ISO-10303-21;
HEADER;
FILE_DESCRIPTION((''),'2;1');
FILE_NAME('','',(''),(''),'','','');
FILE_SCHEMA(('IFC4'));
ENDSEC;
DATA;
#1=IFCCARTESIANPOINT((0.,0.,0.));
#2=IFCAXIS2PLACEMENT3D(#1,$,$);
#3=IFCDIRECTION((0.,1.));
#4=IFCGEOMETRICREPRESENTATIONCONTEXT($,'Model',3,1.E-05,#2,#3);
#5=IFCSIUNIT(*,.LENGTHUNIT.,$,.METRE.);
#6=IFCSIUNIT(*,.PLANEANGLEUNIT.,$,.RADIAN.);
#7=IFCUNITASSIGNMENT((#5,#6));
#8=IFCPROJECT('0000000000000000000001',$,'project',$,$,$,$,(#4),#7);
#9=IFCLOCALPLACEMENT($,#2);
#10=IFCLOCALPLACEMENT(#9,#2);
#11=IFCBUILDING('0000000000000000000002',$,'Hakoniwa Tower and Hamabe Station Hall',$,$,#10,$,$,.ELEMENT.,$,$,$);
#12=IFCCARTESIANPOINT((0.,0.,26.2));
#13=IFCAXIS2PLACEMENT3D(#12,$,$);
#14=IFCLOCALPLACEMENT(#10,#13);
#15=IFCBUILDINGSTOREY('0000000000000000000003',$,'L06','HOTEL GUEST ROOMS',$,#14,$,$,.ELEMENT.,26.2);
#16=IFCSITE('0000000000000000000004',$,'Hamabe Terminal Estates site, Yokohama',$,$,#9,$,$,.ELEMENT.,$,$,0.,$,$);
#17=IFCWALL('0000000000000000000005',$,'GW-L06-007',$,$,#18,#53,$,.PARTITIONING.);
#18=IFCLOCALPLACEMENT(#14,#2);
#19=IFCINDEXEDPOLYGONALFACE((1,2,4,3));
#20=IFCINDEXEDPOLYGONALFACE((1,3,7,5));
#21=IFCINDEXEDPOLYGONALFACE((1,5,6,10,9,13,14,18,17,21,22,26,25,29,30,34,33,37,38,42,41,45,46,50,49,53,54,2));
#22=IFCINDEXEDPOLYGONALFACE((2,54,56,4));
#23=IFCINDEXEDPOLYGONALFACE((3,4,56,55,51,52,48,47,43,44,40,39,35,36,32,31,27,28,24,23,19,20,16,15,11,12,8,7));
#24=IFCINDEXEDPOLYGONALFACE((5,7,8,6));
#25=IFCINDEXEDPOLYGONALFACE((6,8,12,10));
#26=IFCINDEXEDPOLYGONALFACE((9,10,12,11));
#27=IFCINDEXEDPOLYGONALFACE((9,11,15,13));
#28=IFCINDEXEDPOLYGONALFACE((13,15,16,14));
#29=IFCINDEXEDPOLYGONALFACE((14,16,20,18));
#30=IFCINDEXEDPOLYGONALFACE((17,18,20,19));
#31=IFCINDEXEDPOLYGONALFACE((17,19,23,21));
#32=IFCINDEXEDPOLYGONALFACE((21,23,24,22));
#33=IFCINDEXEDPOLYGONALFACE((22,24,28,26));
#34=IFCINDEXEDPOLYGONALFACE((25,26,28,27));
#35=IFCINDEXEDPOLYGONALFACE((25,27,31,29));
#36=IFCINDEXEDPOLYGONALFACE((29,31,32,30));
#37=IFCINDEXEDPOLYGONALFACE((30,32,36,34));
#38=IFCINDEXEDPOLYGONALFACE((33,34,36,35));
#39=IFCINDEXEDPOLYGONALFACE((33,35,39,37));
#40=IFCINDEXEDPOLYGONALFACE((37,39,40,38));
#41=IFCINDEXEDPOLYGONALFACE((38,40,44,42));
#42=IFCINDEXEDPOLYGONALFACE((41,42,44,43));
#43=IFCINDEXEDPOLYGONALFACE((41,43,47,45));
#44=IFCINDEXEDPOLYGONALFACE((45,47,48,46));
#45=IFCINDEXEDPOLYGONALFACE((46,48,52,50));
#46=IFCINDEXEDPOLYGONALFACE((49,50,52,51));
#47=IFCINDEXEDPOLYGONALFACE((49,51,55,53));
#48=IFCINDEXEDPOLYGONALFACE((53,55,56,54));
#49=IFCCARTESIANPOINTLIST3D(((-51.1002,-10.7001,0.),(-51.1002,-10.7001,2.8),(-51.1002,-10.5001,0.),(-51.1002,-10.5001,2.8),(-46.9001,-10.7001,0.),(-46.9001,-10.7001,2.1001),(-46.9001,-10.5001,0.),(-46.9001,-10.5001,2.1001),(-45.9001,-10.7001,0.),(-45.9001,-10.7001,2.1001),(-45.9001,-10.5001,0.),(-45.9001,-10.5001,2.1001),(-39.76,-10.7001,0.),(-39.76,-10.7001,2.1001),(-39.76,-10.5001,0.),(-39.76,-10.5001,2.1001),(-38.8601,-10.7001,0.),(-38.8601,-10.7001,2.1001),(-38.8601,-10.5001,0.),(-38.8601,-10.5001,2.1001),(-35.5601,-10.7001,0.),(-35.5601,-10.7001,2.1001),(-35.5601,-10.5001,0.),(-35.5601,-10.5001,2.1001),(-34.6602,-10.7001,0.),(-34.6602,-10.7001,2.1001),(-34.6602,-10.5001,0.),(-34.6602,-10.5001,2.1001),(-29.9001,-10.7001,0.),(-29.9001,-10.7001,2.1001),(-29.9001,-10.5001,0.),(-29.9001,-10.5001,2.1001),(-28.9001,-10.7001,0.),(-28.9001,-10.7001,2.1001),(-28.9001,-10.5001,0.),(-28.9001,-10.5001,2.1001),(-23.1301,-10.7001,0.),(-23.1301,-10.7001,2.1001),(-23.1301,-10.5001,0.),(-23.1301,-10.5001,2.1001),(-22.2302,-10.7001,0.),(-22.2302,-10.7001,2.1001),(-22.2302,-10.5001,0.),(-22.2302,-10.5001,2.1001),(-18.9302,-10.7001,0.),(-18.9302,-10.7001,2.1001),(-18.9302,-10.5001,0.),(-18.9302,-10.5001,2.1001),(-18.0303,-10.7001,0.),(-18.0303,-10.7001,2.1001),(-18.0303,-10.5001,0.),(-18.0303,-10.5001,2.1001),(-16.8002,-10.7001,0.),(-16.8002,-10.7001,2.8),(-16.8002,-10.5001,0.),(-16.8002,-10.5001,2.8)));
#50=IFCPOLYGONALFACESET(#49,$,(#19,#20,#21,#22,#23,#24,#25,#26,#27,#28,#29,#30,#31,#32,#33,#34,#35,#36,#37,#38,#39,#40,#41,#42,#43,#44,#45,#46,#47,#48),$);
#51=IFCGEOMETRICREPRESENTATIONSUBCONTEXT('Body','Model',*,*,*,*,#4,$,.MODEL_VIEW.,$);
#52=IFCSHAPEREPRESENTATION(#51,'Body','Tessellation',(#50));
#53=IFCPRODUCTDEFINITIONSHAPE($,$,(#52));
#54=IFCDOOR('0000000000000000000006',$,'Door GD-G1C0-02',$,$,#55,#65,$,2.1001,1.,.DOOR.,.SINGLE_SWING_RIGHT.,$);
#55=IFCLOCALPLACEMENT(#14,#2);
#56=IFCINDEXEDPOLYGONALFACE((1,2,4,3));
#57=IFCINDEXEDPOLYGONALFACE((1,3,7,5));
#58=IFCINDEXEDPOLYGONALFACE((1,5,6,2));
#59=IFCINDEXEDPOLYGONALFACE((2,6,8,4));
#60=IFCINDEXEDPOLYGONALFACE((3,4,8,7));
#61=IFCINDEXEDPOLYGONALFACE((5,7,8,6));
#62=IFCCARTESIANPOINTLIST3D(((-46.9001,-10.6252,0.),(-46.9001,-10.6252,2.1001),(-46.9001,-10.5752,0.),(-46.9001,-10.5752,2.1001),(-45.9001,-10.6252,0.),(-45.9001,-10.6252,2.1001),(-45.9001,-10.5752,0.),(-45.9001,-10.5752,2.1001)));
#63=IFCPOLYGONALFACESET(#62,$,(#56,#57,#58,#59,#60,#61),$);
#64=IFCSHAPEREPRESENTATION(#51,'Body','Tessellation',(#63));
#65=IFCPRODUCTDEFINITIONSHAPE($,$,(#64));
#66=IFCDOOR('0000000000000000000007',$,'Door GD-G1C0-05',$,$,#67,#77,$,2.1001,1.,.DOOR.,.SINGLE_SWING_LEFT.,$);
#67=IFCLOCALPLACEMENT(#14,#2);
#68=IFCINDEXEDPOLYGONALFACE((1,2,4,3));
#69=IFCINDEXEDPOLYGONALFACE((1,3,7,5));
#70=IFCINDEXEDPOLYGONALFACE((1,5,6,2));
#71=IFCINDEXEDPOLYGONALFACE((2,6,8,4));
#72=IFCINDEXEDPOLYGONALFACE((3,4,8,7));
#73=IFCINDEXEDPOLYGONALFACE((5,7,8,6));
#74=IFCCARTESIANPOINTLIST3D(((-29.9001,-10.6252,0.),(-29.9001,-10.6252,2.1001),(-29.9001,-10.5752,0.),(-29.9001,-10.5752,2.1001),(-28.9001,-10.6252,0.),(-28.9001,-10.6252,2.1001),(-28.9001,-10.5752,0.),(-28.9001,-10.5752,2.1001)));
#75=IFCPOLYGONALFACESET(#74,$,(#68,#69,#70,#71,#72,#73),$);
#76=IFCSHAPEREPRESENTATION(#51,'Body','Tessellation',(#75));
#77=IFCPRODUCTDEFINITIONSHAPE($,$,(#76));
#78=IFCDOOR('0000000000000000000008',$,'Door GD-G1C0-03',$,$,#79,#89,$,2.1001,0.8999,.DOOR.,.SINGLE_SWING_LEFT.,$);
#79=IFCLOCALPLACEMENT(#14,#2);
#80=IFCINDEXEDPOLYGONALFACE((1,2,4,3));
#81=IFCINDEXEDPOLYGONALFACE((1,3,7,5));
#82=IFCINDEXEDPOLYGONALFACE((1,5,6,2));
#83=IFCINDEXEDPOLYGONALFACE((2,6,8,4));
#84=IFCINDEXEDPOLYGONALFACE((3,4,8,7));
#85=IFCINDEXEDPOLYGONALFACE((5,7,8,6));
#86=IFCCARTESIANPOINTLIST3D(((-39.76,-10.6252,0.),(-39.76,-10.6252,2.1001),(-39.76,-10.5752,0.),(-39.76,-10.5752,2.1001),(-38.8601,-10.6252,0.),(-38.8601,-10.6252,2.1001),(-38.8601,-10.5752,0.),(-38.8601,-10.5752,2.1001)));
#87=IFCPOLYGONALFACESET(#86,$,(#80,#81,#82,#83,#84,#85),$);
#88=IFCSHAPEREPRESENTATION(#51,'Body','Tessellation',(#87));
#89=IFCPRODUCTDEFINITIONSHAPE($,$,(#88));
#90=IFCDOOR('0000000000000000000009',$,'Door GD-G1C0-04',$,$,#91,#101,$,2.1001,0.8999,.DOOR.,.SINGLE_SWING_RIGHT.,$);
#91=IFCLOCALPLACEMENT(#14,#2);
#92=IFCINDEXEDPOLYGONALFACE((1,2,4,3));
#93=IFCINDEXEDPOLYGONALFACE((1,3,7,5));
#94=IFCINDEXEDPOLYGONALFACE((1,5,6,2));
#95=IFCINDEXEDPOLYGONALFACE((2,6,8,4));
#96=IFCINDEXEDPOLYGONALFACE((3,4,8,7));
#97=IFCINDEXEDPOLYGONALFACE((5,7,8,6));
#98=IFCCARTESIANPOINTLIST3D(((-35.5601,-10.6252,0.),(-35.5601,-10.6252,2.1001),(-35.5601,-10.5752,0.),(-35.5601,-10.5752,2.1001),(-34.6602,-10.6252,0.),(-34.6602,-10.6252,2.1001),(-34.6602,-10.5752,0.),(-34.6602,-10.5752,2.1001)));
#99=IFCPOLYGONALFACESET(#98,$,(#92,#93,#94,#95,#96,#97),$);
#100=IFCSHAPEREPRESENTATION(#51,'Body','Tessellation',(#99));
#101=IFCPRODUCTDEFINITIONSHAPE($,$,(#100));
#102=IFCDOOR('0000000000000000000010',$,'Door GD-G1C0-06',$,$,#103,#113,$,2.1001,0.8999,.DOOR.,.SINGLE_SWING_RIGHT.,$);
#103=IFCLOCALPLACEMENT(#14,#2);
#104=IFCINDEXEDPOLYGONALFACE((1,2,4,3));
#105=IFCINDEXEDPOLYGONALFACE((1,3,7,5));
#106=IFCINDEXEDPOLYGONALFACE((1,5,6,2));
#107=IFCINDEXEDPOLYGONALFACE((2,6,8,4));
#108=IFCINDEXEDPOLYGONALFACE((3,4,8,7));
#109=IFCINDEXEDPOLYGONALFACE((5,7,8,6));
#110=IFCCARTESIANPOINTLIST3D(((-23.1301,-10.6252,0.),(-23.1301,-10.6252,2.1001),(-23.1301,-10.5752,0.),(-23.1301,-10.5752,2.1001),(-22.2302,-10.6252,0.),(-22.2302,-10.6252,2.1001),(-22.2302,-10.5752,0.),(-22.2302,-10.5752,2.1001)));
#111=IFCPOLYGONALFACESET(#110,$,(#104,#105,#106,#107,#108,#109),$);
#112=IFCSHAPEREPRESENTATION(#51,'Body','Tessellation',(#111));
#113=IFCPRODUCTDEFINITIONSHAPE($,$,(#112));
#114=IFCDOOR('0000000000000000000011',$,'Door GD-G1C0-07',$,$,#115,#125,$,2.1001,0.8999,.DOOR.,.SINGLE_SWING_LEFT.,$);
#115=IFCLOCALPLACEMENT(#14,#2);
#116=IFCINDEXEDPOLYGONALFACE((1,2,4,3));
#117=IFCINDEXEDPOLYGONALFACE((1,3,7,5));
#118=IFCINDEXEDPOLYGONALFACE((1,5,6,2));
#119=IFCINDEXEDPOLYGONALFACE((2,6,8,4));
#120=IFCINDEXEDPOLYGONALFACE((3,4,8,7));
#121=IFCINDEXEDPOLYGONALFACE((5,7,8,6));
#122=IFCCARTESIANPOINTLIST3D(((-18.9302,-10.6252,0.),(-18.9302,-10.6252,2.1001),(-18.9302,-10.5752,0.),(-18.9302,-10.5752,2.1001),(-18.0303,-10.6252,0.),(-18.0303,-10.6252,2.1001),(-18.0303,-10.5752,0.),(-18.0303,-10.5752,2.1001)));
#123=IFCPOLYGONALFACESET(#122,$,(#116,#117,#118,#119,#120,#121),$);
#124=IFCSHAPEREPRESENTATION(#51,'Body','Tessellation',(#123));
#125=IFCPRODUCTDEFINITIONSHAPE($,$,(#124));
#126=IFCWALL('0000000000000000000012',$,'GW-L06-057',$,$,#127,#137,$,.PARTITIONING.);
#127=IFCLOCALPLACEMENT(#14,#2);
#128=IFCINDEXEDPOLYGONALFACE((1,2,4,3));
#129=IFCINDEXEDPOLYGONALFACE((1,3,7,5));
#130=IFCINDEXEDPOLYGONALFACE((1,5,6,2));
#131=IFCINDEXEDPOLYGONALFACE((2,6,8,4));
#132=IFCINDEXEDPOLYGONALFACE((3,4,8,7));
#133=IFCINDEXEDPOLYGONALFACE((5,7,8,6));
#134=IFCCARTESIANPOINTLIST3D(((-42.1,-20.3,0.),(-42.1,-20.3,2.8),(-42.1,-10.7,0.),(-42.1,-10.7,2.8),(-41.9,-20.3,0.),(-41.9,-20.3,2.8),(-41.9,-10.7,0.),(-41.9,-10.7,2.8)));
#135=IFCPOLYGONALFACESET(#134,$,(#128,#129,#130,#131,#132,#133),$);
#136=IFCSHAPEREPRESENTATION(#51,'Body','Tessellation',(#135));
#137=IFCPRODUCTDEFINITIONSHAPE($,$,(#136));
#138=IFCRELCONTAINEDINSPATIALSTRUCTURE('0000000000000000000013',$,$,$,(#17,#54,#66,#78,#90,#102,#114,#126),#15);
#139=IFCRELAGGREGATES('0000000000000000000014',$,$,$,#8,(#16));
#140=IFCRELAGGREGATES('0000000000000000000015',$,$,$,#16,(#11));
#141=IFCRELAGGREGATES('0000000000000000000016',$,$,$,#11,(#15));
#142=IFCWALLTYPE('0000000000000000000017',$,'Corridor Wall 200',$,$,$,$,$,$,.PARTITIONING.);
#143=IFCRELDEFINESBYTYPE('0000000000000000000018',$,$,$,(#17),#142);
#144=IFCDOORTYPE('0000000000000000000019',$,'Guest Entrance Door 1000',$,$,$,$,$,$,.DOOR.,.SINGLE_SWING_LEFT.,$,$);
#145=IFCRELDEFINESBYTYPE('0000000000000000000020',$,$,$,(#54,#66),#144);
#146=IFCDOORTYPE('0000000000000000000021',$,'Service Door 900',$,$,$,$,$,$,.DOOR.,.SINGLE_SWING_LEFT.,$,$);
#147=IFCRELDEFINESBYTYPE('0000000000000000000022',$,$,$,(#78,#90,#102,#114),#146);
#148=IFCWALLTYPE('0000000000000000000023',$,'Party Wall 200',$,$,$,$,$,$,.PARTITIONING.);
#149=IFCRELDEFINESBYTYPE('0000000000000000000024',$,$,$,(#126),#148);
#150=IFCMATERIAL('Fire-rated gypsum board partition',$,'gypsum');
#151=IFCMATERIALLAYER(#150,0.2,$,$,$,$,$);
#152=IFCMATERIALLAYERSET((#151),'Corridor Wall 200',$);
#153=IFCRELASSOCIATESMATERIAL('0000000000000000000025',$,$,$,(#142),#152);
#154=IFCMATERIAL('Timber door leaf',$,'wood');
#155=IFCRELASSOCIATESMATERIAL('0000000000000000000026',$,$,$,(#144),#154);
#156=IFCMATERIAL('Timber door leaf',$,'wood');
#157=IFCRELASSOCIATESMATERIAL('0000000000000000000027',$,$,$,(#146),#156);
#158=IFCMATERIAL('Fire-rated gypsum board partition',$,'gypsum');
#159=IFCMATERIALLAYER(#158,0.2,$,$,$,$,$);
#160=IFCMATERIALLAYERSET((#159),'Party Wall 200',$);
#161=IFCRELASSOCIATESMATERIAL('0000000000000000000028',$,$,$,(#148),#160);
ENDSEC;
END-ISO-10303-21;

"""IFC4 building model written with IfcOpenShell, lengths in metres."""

from ifc_helpers import new_model, si_unit, direction, frame, frame_2d, origin, place, context, subcontext, project, spatial, rectangle, extrude, material, layer, layer_set, type_object, element, fill, save


model = new_model("IFC4")

# Units and contexts
model_context = context("Model", 3, precision=1e-05, world=origin(), true_north=direction((0.0, 1.0)))
body_context = subcontext(model_context, "Body", "Model", "MODEL_VIEW")
ifc_project = project(units=[si_unit("LENGTHUNIT", "METRE"), si_unit("PLANEANGLEUNIT", "RADIAN")], contexts=[model_context])

# Site, building, storey
site_placement = place(None, origin())
site = spatial("IfcSite", under=ifc_project, at=site_placement, Name="Hamabe Terminal Estates site, Yokohama", CompositionType="ELEMENT", RefElevation=0.0)
building_placement = place(site_placement, origin())
building = spatial("IfcBuilding", under=site, at=building_placement, Name="Hakoniwa Tower and Hamabe Station Hall", CompositionType="ELEMENT")
storey_placement = place(building_placement, frame((0.0, 0.0, 26.2)))
storey = spatial("IfcBuildingStorey", under=building, at=storey_placement, Name="L06", Description="HOTEL GUEST ROOMS", CompositionType="ELEMENT", Elevation=26.2)

# Wall, openings, doors
ifc_material_1 = material(Name="Fire-rated gypsum board partition", Category="gypsum")
ifc_layer_1 = layer(ifc_material_1, 0.2)
ifc_layer_set_1 = layer_set([ifc_layer_1], Name="Corridor Wall 200")
wall_type_1 = type_object("IfcWallType", Name="Corridor Wall 200", PredefinedType="PARTITIONING", material=ifc_layer_set_1)
wall_1_placement = place(storey_placement, frame((-51.1001, -10.6001, 0.0), z_axis=(0.0, 0.0, 1.0), x_axis=(1.0, 0.0, 0.0)))
wall_1 = element("IfcWall", 1, at=wall_1_placement, inside=storey, type_object=wall_type_1, Name="GW-L06-007", PredefinedType="PARTITIONING", context=body_context, shape_type="SweptSolid", body=[
    extrude(rectangle(XDim=34.3, YDim=0.2, at=frame_2d((17.1499, 0.0))), origin(), (0.0, 0.0, 1.0), 2.8),
])
opening_1_placement = place(wall_1_placement, frame((4.2, 0.0, 0.0)))
opening_1 = element("IfcOpeningElement", 2, at=opening_1_placement, cuts=wall_1, PredefinedType="OPENING", context=body_context, shape_type="SweptSolid", body=[
    extrude(rectangle(XDim=1.0, YDim=2.1001, at=frame_2d((0.5, 1.05))), frame((0.0, 0.1099, 0.0), z_axis=(0.0, -1.0, 0.0), x_axis=(1.0, 0.0, 0.0)), (0.0, 0.0, 1.0), 0.22),
])
opening_2_placement = place(wall_1_placement, frame((11.3401, 0.0, 0.0)))
opening_2 = element("IfcOpeningElement", 3, at=opening_2_placement, cuts=wall_1, PredefinedType="OPENING", context=body_context, shape_type="SweptSolid", body=[
    extrude(rectangle(XDim=0.8999, YDim=2.1001, at=frame_2d((0.45, 1.05))), frame((0.0, 0.1099, 0.0), z_axis=(0.0, -1.0, 0.0), x_axis=(1.0, 0.0, 0.0)), (0.0, 0.0, 1.0), 0.22),
])
opening_3_placement = place(wall_1_placement, frame((15.54, 0.0, 0.0)))
opening_3 = element("IfcOpeningElement", 4, at=opening_3_placement, cuts=wall_1, PredefinedType="OPENING", context=body_context, shape_type="SweptSolid", body=[
    extrude(rectangle(XDim=0.8999, YDim=2.1001, at=frame_2d((0.45, 1.05))), frame((0.0, 0.1099, 0.0), z_axis=(0.0, -1.0, 0.0), x_axis=(1.0, 0.0, 0.0)), (0.0, 0.0, 1.0), 0.22),
])
opening_4_placement = place(wall_1_placement, frame((21.2, 0.0, 0.0)))
opening_4 = element("IfcOpeningElement", 5, at=opening_4_placement, cuts=wall_1, PredefinedType="OPENING", context=body_context, shape_type="SweptSolid", body=[
    extrude(rectangle(XDim=1.0, YDim=2.1001, at=frame_2d((0.5, 1.05))), frame((0.0, 0.1099, 0.0), z_axis=(0.0, -1.0, 0.0), x_axis=(1.0, 0.0, 0.0)), (0.0, 0.0, 1.0), 0.22),
])
opening_5_placement = place(wall_1_placement, frame((27.97, 0.0, 0.0)))
opening_5 = element("IfcOpeningElement", 6, at=opening_5_placement, cuts=wall_1, PredefinedType="OPENING", context=body_context, shape_type="SweptSolid", body=[
    extrude(rectangle(XDim=0.8999, YDim=2.1001, at=frame_2d((0.45, 1.05))), frame((0.0, 0.1099, 0.0), z_axis=(0.0, -1.0, 0.0), x_axis=(1.0, 0.0, 0.0)), (0.0, 0.0, 1.0), 0.22),
])
opening_6_placement = place(wall_1_placement, frame((32.1699, 0.0, 0.0)))
opening_6 = element("IfcOpeningElement", 7, at=opening_6_placement, cuts=wall_1, PredefinedType="OPENING", context=body_context, shape_type="SweptSolid", body=[
    extrude(rectangle(XDim=0.8999, YDim=2.1001, at=frame_2d((0.45, 1.05))), frame((0.0, 0.1099, 0.0), z_axis=(0.0, -1.0, 0.0), x_axis=(1.0, 0.0, 0.0)), (0.0, 0.0, 1.0), 0.22),
])
ifc_material_2 = material(Name="Timber door leaf", Category="wood")
door_type_1 = type_object("IfcDoorType", Name="Guest Entrance Door 1000", OperationType="SINGLE_SWING_LEFT", PredefinedType="DOOR", material=ifc_material_2)
door_1_placement = place(opening_1_placement, origin())
door_1 = element("IfcDoor", 8, at=door_1_placement, inside=storey, type_object=door_type_1, Name="Door GD-G1C0-02", OperationType="SINGLE_SWING_RIGHT", OverallHeight=2.1001, OverallWidth=1.0, PredefinedType="DOOR", context=body_context, shape_type="SweptSolid", body=[
    extrude(rectangle(XDim=1.0, YDim=2.1001, at=frame_2d((0.5, 1.05))), frame((0.0, 0.0249, 0.0), z_axis=(0.0, -1.0, 0.0), x_axis=(1.0, 0.0, 0.0)), (0.0, 0.0, 1.0), 0.05),
])
fill(opening_1, door_1)
door_2_placement = place(opening_4_placement, origin())
door_2 = element("IfcDoor", 9, at=door_2_placement, inside=storey, type_object=door_type_1, Name="Door GD-G1C0-05", OperationType="SINGLE_SWING_LEFT", OverallHeight=2.1001, OverallWidth=1.0, PredefinedType="DOOR", context=body_context, shape_type="SweptSolid", body=[
    extrude(rectangle(XDim=1.0, YDim=2.1001, at=frame_2d((0.5, 1.05))), frame((0.0, 0.0249, 0.0), z_axis=(0.0, -1.0, 0.0), x_axis=(1.0, 0.0, 0.0)), (0.0, 0.0, 1.0), 0.05),
])
fill(opening_4, door_2)
ifc_material_3 = material(Name="Timber door leaf", Category="wood")
door_type_2 = type_object("IfcDoorType", Name="Service Door 900", OperationType="SINGLE_SWING_LEFT", PredefinedType="DOOR", material=ifc_material_3)
door_3_placement = place(opening_2_placement, origin())
door_3 = element("IfcDoor", 10, at=door_3_placement, inside=storey, type_object=door_type_2, Name="Door GD-G1C0-03", OperationType="SINGLE_SWING_LEFT", OverallHeight=2.1001, OverallWidth=0.8999, PredefinedType="DOOR", context=body_context, shape_type="SweptSolid", body=[
    extrude(rectangle(XDim=0.8999, YDim=2.1001, at=frame_2d((0.45, 1.05))), frame((0.0, 0.0249, 0.0), z_axis=(0.0, -1.0, 0.0), x_axis=(1.0, 0.0, 0.0)), (0.0, 0.0, 1.0), 0.05),
])
fill(opening_2, door_3)
door_4_placement = place(opening_3_placement, origin())
door_4 = element("IfcDoor", 11, at=door_4_placement, inside=storey, type_object=door_type_2, Name="Door GD-G1C0-04", OperationType="SINGLE_SWING_RIGHT", OverallHeight=2.1001, OverallWidth=0.8999, PredefinedType="DOOR", context=body_context, shape_type="SweptSolid", body=[
    extrude(rectangle(XDim=0.8999, YDim=2.1001, at=frame_2d((0.45, 1.05))), frame((0.0, 0.0249, 0.0), z_axis=(0.0, -1.0, 0.0), x_axis=(1.0, 0.0, 0.0)), (0.0, 0.0, 1.0), 0.05),
])
fill(opening_3, door_4)
door_5_placement = place(opening_5_placement, origin())
door_5 = element("IfcDoor", 12, at=door_5_placement, inside=storey, type_object=door_type_2, Name="Door GD-G1C0-06", OperationType="SINGLE_SWING_RIGHT", OverallHeight=2.1001, OverallWidth=0.8999, PredefinedType="DOOR", context=body_context, shape_type="SweptSolid", body=[
    extrude(rectangle(XDim=0.8999, YDim=2.1001, at=frame_2d((0.45, 1.05))), frame((0.0, 0.0249, 0.0), z_axis=(0.0, -1.0, 0.0), x_axis=(1.0, 0.0, 0.0)), (0.0, 0.0, 1.0), 0.05),
])
fill(opening_5, door_5)
door_6_placement = place(opening_6_placement, origin())
door_6 = element("IfcDoor", 13, at=door_6_placement, inside=storey, type_object=door_type_2, Name="Door GD-G1C0-07", OperationType="SINGLE_SWING_LEFT", OverallHeight=2.1001, OverallWidth=0.8999, PredefinedType="DOOR", context=body_context, shape_type="SweptSolid", body=[
    extrude(rectangle(XDim=0.8999, YDim=2.1001, at=frame_2d((0.45, 1.05))), frame((0.0, 0.0249, 0.0), z_axis=(0.0, -1.0, 0.0), x_axis=(1.0, 0.0, 0.0)), (0.0, 0.0, 1.0), 0.05),
])
fill(opening_6, door_6)

# Wall
ifc_material_4 = material(Name="Fire-rated gypsum board partition", Category="gypsum")
ifc_layer_2 = layer(ifc_material_4, 0.2)
ifc_layer_set_2 = layer_set([ifc_layer_2], Name="Party Wall 200")
wall_type_2 = type_object("IfcWallType", Name="Party Wall 200", PredefinedType="PARTITIONING", material=ifc_layer_set_2)
wall_2_placement = place(storey_placement, frame((-42.0, -20.3, 0.0), z_axis=(0.0, 0.0, 1.0), x_axis=(0.0, 1.0, 0.0)))
element("IfcWall", 14, at=wall_2_placement, inside=storey, type_object=wall_type_2, Name="GW-L06-057", PredefinedType="PARTITIONING", context=body_context, shape_type="SweptSolid", body=[
    extrude(rectangle(XDim=9.6001, YDim=0.2, at=frame_2d((4.8, 0.0))), origin(), (0.0, 0.0, 1.0), 2.8),
])

save(model, "model.ifc")
